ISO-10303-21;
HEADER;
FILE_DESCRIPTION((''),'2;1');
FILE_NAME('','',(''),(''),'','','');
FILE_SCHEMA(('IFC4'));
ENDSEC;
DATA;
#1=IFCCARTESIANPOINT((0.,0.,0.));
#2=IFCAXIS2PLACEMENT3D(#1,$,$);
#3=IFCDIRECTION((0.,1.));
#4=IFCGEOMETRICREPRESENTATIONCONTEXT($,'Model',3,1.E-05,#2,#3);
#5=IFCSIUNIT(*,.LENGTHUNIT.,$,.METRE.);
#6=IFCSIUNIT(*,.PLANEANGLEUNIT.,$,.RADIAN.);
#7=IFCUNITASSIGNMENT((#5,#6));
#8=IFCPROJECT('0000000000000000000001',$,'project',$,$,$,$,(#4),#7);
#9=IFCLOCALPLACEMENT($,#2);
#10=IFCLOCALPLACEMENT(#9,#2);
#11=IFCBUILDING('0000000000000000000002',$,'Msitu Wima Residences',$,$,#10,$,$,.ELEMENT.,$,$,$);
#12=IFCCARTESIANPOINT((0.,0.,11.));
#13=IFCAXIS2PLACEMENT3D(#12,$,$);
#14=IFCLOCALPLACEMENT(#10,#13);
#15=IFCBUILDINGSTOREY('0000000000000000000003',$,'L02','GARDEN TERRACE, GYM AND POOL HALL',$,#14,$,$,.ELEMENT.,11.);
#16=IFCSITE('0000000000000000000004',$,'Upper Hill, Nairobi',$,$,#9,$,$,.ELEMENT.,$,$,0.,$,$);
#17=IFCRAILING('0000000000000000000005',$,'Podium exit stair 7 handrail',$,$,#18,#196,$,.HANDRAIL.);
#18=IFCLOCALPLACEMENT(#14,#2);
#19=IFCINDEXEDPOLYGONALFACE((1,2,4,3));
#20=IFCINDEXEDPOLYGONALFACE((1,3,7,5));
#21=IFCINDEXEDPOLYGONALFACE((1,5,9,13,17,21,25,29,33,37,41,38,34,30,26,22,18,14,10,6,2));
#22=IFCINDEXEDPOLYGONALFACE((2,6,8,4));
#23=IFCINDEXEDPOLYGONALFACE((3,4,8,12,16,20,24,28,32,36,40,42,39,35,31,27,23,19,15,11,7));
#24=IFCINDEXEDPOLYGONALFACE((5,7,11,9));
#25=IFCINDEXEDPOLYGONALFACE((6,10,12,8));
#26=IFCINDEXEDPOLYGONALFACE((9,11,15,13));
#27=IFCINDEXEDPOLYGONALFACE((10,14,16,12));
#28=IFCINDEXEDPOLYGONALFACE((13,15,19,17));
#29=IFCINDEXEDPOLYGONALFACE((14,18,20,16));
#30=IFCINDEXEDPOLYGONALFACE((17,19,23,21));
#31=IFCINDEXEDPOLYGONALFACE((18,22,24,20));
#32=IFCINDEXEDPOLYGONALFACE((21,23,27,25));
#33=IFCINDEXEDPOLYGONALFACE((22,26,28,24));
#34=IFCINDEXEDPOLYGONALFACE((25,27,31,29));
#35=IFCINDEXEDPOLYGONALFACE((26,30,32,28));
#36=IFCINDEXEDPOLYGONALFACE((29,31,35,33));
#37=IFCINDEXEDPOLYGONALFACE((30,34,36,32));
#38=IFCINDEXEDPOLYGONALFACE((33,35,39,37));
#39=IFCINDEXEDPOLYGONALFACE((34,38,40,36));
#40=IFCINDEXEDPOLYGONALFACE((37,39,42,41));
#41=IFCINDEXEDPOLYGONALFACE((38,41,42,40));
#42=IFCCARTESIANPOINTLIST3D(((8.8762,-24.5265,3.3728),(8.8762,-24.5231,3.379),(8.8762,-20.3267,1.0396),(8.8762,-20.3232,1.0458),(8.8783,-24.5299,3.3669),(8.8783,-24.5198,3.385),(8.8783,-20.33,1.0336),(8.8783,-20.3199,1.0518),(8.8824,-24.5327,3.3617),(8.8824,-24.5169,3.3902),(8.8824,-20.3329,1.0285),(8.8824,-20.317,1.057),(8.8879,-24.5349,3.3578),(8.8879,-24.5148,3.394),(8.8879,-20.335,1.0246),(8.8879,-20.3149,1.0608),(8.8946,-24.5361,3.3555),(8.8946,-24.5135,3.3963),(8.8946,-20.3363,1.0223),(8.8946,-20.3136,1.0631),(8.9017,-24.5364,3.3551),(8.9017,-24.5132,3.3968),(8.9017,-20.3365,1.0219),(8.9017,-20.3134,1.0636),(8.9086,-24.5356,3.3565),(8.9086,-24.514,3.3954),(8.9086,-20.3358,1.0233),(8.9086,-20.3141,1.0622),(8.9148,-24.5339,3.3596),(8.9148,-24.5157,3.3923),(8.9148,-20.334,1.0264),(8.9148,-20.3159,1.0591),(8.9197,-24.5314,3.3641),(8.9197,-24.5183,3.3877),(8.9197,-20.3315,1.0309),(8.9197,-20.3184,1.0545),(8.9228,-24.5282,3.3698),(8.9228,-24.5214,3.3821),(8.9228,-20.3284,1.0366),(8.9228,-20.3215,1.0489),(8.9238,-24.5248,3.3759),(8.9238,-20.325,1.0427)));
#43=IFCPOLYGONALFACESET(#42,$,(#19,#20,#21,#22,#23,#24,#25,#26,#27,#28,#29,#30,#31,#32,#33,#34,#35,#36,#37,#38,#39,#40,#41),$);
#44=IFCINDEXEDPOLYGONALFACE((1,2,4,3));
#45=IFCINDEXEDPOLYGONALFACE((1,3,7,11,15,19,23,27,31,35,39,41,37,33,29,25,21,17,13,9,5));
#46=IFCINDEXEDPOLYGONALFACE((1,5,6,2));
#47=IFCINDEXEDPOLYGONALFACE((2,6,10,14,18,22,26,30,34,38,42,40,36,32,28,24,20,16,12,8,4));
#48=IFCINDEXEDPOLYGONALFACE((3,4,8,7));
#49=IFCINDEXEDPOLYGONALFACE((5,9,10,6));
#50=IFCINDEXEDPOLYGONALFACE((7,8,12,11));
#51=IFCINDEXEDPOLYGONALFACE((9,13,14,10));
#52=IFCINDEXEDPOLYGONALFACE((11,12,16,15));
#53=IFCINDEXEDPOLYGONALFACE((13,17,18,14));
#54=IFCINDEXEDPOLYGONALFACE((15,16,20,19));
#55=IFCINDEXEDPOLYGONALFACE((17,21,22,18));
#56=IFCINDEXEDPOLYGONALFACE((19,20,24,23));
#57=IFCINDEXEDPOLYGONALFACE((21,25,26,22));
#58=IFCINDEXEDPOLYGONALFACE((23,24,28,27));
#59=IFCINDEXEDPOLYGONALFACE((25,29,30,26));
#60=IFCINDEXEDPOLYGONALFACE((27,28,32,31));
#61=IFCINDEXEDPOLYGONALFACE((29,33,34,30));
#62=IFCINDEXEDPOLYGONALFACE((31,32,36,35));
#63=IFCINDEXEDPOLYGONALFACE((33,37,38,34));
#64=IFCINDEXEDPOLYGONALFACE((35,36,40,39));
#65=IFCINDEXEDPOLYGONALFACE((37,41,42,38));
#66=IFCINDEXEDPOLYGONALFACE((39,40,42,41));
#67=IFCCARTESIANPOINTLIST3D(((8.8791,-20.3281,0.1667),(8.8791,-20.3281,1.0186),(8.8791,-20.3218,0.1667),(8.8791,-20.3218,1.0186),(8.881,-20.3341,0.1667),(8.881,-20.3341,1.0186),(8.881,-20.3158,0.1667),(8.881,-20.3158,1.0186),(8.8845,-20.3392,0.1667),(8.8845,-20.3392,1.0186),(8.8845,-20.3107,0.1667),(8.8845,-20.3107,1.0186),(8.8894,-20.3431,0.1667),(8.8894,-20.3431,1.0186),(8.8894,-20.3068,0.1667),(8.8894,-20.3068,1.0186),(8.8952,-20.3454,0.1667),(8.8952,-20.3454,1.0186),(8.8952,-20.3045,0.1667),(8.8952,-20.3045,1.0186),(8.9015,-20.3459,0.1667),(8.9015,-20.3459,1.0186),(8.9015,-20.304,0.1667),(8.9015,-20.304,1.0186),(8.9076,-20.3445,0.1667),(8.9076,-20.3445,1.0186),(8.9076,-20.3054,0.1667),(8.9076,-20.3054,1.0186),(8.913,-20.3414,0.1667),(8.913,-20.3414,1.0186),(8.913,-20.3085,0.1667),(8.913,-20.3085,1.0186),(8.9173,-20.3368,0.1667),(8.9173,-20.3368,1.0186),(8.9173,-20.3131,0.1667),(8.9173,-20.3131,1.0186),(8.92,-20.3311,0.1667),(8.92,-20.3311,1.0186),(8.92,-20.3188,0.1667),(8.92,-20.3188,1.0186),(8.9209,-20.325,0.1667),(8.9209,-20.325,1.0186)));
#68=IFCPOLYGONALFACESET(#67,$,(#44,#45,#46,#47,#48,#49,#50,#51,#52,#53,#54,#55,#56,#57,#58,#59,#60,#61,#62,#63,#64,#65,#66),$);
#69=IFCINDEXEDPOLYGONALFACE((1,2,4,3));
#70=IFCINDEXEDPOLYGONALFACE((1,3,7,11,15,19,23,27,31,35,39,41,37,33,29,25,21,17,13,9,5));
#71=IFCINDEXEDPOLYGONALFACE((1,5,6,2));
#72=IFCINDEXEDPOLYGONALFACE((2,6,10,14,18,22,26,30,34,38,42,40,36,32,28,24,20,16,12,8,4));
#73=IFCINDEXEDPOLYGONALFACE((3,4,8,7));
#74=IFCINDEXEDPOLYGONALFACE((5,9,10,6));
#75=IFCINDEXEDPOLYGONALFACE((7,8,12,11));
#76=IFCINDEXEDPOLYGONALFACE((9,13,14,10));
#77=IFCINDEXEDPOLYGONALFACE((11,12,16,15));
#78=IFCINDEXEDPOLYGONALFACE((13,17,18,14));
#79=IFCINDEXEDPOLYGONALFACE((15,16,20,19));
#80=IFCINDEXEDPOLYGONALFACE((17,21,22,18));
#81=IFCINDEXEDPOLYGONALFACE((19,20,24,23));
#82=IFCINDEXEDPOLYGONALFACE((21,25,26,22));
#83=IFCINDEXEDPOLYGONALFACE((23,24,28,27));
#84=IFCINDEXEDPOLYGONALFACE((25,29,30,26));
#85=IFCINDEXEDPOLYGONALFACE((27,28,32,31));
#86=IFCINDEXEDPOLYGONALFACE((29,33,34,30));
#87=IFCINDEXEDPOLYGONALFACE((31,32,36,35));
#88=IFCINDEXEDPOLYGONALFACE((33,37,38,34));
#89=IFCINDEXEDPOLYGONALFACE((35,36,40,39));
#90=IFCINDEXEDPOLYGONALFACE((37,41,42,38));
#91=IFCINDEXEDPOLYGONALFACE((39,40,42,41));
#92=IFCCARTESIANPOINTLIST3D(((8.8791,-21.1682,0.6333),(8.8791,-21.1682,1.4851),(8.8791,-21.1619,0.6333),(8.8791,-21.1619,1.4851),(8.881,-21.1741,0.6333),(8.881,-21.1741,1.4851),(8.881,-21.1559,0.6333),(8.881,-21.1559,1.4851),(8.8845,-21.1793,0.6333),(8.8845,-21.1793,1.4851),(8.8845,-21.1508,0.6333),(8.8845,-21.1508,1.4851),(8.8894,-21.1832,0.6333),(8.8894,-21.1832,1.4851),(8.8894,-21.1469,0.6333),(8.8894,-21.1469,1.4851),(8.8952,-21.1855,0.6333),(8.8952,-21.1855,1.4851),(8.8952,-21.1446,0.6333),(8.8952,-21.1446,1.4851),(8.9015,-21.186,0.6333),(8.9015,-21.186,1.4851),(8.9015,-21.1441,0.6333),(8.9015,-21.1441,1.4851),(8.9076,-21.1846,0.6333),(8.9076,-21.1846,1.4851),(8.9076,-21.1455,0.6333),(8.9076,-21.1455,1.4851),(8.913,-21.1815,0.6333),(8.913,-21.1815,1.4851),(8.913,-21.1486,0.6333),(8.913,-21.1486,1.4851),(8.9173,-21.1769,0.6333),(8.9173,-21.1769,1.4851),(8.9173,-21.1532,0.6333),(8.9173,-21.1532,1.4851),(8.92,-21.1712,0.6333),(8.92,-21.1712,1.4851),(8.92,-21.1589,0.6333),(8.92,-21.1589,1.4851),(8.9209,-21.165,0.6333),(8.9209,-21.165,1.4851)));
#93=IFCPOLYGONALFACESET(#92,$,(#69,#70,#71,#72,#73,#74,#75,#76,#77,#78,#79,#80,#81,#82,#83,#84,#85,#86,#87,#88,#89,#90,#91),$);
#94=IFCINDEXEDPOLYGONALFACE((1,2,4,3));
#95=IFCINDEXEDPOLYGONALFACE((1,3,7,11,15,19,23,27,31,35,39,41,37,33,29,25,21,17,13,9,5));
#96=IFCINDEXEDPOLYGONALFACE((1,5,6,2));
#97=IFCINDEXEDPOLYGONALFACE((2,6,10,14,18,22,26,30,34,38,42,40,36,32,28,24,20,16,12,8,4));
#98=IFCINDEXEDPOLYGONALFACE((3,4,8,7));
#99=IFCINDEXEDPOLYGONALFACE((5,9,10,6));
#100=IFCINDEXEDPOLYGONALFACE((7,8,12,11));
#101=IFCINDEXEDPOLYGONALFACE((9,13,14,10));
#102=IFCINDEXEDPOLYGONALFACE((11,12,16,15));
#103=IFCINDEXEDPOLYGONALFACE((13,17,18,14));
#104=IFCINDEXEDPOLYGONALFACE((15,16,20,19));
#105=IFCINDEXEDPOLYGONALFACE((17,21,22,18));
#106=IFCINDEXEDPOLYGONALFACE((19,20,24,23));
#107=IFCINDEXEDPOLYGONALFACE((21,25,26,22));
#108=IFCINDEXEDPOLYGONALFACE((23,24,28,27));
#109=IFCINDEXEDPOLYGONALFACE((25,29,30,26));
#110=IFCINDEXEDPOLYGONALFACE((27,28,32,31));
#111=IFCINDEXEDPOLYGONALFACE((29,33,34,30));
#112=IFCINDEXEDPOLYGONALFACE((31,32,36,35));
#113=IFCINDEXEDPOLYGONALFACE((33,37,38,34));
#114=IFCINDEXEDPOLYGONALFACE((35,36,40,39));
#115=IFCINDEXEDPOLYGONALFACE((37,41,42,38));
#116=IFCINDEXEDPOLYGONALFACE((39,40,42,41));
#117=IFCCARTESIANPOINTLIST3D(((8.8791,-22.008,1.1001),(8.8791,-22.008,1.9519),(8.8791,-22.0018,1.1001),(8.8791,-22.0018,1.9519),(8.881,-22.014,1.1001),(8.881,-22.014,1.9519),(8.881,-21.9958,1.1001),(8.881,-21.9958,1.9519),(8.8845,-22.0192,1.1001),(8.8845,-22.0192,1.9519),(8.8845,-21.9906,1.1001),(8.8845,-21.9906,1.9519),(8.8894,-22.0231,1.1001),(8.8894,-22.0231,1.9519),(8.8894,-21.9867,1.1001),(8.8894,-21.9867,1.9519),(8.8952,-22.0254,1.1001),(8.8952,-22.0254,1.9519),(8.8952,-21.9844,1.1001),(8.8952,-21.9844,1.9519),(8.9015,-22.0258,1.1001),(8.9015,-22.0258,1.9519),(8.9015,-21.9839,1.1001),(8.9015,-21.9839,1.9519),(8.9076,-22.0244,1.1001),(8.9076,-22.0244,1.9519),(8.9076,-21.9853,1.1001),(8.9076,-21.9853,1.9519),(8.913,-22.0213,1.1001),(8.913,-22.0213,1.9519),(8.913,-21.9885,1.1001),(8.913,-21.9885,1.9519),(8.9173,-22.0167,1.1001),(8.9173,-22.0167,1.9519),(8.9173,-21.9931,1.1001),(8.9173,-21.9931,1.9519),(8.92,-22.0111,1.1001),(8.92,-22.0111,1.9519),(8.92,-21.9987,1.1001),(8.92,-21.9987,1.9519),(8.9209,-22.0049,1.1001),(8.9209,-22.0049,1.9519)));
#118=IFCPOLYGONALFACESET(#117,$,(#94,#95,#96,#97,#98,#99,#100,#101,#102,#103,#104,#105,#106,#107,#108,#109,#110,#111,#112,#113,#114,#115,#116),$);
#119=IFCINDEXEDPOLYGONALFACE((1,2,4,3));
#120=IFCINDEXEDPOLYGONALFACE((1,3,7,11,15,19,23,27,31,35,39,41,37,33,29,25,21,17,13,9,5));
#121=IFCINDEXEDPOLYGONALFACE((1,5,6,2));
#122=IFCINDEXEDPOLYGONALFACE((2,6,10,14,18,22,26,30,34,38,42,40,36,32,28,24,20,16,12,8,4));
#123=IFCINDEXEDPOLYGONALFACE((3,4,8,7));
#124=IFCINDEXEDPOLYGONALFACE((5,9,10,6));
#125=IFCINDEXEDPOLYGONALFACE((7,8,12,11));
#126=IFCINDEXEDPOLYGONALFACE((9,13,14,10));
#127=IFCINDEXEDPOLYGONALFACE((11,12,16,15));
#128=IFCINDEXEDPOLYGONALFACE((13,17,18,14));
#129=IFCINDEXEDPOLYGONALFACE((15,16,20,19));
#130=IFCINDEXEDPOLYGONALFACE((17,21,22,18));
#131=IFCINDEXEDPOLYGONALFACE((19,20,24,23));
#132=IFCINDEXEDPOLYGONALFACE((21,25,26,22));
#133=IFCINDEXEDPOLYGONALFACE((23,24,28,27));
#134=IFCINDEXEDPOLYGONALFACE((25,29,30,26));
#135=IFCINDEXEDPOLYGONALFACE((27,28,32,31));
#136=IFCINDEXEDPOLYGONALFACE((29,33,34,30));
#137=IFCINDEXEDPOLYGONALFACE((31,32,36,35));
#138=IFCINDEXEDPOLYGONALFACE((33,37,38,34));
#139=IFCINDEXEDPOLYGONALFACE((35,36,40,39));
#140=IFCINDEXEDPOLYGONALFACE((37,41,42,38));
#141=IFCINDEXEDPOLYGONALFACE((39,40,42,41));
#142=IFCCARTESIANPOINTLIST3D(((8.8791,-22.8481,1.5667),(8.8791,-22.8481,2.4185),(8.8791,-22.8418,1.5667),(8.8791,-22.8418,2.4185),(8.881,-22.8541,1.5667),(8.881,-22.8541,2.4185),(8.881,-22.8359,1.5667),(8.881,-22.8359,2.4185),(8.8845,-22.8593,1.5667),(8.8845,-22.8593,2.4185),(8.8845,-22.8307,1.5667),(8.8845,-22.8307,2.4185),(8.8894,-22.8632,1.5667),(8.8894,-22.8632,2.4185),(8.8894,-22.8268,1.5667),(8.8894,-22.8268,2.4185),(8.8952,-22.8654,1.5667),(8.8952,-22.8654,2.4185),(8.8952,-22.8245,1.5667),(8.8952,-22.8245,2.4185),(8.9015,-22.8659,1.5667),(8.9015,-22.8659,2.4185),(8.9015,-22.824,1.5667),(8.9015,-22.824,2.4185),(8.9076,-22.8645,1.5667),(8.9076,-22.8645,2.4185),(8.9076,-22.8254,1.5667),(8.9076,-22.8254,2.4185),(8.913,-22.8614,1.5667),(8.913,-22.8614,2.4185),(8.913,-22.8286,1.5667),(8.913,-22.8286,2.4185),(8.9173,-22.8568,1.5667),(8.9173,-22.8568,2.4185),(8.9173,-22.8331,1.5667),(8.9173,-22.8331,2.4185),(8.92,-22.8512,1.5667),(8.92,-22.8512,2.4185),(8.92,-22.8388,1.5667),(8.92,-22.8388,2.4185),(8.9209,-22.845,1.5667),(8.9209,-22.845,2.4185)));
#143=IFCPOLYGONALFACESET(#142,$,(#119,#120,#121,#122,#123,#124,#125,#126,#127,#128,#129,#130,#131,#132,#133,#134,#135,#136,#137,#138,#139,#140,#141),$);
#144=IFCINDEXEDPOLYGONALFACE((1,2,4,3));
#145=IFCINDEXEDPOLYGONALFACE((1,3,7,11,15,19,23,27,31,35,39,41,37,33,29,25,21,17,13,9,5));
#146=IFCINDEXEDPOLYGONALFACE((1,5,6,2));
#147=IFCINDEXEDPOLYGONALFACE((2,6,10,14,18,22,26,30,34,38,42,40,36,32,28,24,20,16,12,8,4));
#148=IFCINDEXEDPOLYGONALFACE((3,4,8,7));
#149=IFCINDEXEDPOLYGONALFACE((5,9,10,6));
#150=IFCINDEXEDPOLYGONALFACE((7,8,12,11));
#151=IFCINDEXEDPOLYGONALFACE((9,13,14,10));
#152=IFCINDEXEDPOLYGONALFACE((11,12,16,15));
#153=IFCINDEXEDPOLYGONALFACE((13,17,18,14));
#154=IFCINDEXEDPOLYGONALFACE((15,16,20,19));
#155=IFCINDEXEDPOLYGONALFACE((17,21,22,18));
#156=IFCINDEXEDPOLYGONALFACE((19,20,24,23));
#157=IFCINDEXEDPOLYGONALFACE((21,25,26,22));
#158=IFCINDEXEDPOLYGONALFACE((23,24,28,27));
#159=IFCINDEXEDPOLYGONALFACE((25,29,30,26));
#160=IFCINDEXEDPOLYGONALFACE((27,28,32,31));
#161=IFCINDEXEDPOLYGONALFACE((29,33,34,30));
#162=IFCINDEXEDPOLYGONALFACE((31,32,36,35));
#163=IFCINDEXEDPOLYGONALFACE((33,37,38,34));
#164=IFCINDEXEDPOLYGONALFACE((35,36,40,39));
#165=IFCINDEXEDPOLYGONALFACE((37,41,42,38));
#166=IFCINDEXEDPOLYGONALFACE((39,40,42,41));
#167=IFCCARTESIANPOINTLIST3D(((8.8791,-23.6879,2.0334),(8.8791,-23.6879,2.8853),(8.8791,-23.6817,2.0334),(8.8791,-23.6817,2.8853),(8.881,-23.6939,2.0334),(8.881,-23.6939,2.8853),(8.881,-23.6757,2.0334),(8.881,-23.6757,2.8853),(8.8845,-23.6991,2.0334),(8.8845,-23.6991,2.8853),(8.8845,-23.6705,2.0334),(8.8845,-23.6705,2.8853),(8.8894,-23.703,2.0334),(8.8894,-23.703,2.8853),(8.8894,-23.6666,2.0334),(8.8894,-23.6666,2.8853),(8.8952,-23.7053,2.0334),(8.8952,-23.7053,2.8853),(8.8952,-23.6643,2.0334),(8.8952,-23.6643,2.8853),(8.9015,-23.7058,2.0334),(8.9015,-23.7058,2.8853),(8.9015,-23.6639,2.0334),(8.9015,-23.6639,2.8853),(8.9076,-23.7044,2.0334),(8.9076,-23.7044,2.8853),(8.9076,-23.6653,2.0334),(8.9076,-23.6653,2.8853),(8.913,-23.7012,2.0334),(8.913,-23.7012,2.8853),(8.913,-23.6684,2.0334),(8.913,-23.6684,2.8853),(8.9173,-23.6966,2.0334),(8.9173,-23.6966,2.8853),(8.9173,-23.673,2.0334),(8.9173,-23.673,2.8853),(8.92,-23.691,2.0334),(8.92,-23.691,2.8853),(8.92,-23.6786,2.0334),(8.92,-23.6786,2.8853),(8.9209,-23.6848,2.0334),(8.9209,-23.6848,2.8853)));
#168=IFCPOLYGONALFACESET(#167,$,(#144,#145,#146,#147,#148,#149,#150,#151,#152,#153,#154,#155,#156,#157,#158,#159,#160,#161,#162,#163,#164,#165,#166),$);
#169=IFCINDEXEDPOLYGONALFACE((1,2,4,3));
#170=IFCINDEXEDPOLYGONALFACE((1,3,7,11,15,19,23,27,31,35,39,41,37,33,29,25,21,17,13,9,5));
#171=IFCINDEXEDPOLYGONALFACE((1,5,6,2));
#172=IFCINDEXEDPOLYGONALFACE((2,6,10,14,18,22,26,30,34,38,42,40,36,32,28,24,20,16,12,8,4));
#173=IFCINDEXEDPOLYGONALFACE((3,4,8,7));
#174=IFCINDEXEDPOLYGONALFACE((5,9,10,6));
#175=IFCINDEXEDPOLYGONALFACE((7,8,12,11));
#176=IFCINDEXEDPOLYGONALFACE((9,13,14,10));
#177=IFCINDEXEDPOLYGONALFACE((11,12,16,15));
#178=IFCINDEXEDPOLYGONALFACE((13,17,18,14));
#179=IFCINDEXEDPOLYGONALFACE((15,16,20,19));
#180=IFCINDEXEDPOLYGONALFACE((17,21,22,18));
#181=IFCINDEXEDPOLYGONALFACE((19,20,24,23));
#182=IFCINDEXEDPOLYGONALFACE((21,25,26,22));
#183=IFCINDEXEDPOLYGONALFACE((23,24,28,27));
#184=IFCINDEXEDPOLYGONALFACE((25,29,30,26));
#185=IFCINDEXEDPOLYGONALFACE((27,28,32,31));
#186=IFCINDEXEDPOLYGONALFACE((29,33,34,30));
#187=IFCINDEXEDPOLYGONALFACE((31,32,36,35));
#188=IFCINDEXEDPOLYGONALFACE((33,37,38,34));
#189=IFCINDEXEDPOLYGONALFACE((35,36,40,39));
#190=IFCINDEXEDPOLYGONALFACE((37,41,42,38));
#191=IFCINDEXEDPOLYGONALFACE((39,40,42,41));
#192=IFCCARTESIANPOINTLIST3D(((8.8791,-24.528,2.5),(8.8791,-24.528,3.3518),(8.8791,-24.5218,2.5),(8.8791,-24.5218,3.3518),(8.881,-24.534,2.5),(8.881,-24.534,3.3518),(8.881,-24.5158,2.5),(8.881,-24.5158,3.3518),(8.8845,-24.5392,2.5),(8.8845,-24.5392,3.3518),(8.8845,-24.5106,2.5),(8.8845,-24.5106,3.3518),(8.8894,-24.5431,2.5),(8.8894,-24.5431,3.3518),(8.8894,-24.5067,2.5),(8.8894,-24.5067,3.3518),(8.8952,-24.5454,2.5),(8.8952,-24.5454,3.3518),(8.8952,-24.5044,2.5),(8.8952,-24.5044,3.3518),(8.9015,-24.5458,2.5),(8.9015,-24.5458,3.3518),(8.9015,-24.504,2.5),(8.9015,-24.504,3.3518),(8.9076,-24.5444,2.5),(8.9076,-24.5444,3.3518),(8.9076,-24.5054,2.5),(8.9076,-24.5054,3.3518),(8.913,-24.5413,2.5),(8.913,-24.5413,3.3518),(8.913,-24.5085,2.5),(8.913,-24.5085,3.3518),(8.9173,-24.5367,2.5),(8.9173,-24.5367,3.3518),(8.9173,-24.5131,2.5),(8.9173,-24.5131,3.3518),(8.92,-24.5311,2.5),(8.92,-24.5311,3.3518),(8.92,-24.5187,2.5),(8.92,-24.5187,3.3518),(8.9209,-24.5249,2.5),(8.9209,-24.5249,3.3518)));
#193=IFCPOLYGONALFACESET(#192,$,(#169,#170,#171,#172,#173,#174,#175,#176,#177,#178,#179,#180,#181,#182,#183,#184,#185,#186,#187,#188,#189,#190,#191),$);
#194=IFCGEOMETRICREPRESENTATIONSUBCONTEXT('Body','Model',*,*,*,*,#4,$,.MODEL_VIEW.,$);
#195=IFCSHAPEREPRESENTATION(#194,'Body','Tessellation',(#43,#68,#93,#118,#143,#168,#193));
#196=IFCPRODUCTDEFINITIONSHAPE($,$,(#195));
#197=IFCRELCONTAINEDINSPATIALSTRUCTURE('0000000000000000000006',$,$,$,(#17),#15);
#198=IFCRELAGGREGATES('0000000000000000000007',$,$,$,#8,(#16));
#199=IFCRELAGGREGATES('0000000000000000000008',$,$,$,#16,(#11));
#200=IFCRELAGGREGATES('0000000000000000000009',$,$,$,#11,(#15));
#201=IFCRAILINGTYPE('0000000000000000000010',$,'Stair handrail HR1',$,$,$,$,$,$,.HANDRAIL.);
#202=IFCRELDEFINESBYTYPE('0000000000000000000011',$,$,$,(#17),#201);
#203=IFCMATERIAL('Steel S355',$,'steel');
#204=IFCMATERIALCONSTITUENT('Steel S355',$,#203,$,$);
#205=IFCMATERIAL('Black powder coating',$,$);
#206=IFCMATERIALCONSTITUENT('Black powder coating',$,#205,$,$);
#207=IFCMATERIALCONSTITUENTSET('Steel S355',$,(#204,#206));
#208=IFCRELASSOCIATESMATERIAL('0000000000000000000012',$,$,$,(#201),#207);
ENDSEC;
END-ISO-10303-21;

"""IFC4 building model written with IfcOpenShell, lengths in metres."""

from ifc_helpers import new_model, si_unit, direction, frame, origin, origin_2d, place, context, subcontext, project, spatial, circle, extrude, material, constituent, constituent_set, type_object, element, save


model = new_model("IFC4")

# Units and contexts
model_context = context("Model", 3, precision=1e-05, world=origin(), true_north=direction((0.0, 1.0)))
body_context = subcontext(model_context, "Body", "Model", "MODEL_VIEW")
ifc_project = project(units=[si_unit("LENGTHUNIT", "METRE"), si_unit("PLANEANGLEUNIT", "RADIAN")], contexts=[model_context])

# Site, building, storey
site_placement = place(None, origin())
site = spatial("IfcSite", under=ifc_project, at=site_placement, Name="Upper Hill, Nairobi", CompositionType="ELEMENT", RefElevation=0.0)
building_placement = place(site_placement, origin())
building = spatial("IfcBuilding", under=site, at=building_placement, Name="Msitu Wima Residences", CompositionType="ELEMENT")
storey_placement = place(building_placement, frame((0.0, 0.0, 11.0)))
storey = spatial("IfcBuildingStorey", under=building, at=storey_placement, Name="L02", Description="GARDEN TERRACE, GYM AND POOL HALL", CompositionType="ELEMENT", Elevation=11.0)

# Railing
ifc_material_1 = material(Name="Steel S355", Category="steel")
ifc_constituent_1 = constituent(ifc_material_1, Name="Steel S355")
ifc_material_2 = material(Name="Black powder coating")
ifc_constituent_2 = constituent(ifc_material_2, Name="Black powder coating")
ifc_constituent_set = constituent_set(constituents=[ifc_constituent_1, ifc_constituent_2], Name="Steel S355")
railing_type = type_object("IfcRailingType", Name="Stair handrail HR1", PredefinedType="HANDRAIL", material=ifc_constituent_set)
for number, where, name in (
    (1, (8.8999, -20.325, 0.1667), "Podium exit stair 7 handrail"),
):
    element("IfcRailing", number, at=place(storey_placement, frame(where)), inside=storey, type_object=railing_type, Name=name, PredefinedType="HANDRAIL", context=body_context, shape_type="SweptSolid", body=[
        extrude(circle(Radius=0.0239, at=origin_2d()), frame((0.0, 0.0, 0.876), z_axis=(0.0, -0.874162, 0.485634), x_axis=(1.0, 0.0, 0.0)), (0.0, 0.0, 1.0), 4.8044),
        extrude(circle(Radius=0.021, at=origin_2d()), origin(), (0.0, 0.0, 1.0), 0.8518),
        extrude(circle(Radius=0.021, at=origin_2d()), frame((0.0, -0.8401, 0.4666)), (0.0, 0.0, 1.0), 0.8518),
        extrude(circle(Radius=0.021, at=origin_2d()), frame((0.0, -1.6799, 0.9333)), (0.0, 0.0, 1.0), 0.8518),
        extrude(circle(Radius=0.021, at=origin_2d()), frame((0.0, -2.52, 1.3999)), (0.0, 0.0, 1.0), 0.8518),
        extrude(circle(Radius=0.021, at=origin_2d()), frame((0.0, -3.3599, 1.8667)), (0.0, 0.0, 1.0), 0.8518),
        extrude(circle(Radius=0.021, at=origin_2d()), frame((0.0, -4.2, 2.3333)), (0.0, 0.0, 1.0), 0.8518),
    ])

save(model, "model.ifc")
